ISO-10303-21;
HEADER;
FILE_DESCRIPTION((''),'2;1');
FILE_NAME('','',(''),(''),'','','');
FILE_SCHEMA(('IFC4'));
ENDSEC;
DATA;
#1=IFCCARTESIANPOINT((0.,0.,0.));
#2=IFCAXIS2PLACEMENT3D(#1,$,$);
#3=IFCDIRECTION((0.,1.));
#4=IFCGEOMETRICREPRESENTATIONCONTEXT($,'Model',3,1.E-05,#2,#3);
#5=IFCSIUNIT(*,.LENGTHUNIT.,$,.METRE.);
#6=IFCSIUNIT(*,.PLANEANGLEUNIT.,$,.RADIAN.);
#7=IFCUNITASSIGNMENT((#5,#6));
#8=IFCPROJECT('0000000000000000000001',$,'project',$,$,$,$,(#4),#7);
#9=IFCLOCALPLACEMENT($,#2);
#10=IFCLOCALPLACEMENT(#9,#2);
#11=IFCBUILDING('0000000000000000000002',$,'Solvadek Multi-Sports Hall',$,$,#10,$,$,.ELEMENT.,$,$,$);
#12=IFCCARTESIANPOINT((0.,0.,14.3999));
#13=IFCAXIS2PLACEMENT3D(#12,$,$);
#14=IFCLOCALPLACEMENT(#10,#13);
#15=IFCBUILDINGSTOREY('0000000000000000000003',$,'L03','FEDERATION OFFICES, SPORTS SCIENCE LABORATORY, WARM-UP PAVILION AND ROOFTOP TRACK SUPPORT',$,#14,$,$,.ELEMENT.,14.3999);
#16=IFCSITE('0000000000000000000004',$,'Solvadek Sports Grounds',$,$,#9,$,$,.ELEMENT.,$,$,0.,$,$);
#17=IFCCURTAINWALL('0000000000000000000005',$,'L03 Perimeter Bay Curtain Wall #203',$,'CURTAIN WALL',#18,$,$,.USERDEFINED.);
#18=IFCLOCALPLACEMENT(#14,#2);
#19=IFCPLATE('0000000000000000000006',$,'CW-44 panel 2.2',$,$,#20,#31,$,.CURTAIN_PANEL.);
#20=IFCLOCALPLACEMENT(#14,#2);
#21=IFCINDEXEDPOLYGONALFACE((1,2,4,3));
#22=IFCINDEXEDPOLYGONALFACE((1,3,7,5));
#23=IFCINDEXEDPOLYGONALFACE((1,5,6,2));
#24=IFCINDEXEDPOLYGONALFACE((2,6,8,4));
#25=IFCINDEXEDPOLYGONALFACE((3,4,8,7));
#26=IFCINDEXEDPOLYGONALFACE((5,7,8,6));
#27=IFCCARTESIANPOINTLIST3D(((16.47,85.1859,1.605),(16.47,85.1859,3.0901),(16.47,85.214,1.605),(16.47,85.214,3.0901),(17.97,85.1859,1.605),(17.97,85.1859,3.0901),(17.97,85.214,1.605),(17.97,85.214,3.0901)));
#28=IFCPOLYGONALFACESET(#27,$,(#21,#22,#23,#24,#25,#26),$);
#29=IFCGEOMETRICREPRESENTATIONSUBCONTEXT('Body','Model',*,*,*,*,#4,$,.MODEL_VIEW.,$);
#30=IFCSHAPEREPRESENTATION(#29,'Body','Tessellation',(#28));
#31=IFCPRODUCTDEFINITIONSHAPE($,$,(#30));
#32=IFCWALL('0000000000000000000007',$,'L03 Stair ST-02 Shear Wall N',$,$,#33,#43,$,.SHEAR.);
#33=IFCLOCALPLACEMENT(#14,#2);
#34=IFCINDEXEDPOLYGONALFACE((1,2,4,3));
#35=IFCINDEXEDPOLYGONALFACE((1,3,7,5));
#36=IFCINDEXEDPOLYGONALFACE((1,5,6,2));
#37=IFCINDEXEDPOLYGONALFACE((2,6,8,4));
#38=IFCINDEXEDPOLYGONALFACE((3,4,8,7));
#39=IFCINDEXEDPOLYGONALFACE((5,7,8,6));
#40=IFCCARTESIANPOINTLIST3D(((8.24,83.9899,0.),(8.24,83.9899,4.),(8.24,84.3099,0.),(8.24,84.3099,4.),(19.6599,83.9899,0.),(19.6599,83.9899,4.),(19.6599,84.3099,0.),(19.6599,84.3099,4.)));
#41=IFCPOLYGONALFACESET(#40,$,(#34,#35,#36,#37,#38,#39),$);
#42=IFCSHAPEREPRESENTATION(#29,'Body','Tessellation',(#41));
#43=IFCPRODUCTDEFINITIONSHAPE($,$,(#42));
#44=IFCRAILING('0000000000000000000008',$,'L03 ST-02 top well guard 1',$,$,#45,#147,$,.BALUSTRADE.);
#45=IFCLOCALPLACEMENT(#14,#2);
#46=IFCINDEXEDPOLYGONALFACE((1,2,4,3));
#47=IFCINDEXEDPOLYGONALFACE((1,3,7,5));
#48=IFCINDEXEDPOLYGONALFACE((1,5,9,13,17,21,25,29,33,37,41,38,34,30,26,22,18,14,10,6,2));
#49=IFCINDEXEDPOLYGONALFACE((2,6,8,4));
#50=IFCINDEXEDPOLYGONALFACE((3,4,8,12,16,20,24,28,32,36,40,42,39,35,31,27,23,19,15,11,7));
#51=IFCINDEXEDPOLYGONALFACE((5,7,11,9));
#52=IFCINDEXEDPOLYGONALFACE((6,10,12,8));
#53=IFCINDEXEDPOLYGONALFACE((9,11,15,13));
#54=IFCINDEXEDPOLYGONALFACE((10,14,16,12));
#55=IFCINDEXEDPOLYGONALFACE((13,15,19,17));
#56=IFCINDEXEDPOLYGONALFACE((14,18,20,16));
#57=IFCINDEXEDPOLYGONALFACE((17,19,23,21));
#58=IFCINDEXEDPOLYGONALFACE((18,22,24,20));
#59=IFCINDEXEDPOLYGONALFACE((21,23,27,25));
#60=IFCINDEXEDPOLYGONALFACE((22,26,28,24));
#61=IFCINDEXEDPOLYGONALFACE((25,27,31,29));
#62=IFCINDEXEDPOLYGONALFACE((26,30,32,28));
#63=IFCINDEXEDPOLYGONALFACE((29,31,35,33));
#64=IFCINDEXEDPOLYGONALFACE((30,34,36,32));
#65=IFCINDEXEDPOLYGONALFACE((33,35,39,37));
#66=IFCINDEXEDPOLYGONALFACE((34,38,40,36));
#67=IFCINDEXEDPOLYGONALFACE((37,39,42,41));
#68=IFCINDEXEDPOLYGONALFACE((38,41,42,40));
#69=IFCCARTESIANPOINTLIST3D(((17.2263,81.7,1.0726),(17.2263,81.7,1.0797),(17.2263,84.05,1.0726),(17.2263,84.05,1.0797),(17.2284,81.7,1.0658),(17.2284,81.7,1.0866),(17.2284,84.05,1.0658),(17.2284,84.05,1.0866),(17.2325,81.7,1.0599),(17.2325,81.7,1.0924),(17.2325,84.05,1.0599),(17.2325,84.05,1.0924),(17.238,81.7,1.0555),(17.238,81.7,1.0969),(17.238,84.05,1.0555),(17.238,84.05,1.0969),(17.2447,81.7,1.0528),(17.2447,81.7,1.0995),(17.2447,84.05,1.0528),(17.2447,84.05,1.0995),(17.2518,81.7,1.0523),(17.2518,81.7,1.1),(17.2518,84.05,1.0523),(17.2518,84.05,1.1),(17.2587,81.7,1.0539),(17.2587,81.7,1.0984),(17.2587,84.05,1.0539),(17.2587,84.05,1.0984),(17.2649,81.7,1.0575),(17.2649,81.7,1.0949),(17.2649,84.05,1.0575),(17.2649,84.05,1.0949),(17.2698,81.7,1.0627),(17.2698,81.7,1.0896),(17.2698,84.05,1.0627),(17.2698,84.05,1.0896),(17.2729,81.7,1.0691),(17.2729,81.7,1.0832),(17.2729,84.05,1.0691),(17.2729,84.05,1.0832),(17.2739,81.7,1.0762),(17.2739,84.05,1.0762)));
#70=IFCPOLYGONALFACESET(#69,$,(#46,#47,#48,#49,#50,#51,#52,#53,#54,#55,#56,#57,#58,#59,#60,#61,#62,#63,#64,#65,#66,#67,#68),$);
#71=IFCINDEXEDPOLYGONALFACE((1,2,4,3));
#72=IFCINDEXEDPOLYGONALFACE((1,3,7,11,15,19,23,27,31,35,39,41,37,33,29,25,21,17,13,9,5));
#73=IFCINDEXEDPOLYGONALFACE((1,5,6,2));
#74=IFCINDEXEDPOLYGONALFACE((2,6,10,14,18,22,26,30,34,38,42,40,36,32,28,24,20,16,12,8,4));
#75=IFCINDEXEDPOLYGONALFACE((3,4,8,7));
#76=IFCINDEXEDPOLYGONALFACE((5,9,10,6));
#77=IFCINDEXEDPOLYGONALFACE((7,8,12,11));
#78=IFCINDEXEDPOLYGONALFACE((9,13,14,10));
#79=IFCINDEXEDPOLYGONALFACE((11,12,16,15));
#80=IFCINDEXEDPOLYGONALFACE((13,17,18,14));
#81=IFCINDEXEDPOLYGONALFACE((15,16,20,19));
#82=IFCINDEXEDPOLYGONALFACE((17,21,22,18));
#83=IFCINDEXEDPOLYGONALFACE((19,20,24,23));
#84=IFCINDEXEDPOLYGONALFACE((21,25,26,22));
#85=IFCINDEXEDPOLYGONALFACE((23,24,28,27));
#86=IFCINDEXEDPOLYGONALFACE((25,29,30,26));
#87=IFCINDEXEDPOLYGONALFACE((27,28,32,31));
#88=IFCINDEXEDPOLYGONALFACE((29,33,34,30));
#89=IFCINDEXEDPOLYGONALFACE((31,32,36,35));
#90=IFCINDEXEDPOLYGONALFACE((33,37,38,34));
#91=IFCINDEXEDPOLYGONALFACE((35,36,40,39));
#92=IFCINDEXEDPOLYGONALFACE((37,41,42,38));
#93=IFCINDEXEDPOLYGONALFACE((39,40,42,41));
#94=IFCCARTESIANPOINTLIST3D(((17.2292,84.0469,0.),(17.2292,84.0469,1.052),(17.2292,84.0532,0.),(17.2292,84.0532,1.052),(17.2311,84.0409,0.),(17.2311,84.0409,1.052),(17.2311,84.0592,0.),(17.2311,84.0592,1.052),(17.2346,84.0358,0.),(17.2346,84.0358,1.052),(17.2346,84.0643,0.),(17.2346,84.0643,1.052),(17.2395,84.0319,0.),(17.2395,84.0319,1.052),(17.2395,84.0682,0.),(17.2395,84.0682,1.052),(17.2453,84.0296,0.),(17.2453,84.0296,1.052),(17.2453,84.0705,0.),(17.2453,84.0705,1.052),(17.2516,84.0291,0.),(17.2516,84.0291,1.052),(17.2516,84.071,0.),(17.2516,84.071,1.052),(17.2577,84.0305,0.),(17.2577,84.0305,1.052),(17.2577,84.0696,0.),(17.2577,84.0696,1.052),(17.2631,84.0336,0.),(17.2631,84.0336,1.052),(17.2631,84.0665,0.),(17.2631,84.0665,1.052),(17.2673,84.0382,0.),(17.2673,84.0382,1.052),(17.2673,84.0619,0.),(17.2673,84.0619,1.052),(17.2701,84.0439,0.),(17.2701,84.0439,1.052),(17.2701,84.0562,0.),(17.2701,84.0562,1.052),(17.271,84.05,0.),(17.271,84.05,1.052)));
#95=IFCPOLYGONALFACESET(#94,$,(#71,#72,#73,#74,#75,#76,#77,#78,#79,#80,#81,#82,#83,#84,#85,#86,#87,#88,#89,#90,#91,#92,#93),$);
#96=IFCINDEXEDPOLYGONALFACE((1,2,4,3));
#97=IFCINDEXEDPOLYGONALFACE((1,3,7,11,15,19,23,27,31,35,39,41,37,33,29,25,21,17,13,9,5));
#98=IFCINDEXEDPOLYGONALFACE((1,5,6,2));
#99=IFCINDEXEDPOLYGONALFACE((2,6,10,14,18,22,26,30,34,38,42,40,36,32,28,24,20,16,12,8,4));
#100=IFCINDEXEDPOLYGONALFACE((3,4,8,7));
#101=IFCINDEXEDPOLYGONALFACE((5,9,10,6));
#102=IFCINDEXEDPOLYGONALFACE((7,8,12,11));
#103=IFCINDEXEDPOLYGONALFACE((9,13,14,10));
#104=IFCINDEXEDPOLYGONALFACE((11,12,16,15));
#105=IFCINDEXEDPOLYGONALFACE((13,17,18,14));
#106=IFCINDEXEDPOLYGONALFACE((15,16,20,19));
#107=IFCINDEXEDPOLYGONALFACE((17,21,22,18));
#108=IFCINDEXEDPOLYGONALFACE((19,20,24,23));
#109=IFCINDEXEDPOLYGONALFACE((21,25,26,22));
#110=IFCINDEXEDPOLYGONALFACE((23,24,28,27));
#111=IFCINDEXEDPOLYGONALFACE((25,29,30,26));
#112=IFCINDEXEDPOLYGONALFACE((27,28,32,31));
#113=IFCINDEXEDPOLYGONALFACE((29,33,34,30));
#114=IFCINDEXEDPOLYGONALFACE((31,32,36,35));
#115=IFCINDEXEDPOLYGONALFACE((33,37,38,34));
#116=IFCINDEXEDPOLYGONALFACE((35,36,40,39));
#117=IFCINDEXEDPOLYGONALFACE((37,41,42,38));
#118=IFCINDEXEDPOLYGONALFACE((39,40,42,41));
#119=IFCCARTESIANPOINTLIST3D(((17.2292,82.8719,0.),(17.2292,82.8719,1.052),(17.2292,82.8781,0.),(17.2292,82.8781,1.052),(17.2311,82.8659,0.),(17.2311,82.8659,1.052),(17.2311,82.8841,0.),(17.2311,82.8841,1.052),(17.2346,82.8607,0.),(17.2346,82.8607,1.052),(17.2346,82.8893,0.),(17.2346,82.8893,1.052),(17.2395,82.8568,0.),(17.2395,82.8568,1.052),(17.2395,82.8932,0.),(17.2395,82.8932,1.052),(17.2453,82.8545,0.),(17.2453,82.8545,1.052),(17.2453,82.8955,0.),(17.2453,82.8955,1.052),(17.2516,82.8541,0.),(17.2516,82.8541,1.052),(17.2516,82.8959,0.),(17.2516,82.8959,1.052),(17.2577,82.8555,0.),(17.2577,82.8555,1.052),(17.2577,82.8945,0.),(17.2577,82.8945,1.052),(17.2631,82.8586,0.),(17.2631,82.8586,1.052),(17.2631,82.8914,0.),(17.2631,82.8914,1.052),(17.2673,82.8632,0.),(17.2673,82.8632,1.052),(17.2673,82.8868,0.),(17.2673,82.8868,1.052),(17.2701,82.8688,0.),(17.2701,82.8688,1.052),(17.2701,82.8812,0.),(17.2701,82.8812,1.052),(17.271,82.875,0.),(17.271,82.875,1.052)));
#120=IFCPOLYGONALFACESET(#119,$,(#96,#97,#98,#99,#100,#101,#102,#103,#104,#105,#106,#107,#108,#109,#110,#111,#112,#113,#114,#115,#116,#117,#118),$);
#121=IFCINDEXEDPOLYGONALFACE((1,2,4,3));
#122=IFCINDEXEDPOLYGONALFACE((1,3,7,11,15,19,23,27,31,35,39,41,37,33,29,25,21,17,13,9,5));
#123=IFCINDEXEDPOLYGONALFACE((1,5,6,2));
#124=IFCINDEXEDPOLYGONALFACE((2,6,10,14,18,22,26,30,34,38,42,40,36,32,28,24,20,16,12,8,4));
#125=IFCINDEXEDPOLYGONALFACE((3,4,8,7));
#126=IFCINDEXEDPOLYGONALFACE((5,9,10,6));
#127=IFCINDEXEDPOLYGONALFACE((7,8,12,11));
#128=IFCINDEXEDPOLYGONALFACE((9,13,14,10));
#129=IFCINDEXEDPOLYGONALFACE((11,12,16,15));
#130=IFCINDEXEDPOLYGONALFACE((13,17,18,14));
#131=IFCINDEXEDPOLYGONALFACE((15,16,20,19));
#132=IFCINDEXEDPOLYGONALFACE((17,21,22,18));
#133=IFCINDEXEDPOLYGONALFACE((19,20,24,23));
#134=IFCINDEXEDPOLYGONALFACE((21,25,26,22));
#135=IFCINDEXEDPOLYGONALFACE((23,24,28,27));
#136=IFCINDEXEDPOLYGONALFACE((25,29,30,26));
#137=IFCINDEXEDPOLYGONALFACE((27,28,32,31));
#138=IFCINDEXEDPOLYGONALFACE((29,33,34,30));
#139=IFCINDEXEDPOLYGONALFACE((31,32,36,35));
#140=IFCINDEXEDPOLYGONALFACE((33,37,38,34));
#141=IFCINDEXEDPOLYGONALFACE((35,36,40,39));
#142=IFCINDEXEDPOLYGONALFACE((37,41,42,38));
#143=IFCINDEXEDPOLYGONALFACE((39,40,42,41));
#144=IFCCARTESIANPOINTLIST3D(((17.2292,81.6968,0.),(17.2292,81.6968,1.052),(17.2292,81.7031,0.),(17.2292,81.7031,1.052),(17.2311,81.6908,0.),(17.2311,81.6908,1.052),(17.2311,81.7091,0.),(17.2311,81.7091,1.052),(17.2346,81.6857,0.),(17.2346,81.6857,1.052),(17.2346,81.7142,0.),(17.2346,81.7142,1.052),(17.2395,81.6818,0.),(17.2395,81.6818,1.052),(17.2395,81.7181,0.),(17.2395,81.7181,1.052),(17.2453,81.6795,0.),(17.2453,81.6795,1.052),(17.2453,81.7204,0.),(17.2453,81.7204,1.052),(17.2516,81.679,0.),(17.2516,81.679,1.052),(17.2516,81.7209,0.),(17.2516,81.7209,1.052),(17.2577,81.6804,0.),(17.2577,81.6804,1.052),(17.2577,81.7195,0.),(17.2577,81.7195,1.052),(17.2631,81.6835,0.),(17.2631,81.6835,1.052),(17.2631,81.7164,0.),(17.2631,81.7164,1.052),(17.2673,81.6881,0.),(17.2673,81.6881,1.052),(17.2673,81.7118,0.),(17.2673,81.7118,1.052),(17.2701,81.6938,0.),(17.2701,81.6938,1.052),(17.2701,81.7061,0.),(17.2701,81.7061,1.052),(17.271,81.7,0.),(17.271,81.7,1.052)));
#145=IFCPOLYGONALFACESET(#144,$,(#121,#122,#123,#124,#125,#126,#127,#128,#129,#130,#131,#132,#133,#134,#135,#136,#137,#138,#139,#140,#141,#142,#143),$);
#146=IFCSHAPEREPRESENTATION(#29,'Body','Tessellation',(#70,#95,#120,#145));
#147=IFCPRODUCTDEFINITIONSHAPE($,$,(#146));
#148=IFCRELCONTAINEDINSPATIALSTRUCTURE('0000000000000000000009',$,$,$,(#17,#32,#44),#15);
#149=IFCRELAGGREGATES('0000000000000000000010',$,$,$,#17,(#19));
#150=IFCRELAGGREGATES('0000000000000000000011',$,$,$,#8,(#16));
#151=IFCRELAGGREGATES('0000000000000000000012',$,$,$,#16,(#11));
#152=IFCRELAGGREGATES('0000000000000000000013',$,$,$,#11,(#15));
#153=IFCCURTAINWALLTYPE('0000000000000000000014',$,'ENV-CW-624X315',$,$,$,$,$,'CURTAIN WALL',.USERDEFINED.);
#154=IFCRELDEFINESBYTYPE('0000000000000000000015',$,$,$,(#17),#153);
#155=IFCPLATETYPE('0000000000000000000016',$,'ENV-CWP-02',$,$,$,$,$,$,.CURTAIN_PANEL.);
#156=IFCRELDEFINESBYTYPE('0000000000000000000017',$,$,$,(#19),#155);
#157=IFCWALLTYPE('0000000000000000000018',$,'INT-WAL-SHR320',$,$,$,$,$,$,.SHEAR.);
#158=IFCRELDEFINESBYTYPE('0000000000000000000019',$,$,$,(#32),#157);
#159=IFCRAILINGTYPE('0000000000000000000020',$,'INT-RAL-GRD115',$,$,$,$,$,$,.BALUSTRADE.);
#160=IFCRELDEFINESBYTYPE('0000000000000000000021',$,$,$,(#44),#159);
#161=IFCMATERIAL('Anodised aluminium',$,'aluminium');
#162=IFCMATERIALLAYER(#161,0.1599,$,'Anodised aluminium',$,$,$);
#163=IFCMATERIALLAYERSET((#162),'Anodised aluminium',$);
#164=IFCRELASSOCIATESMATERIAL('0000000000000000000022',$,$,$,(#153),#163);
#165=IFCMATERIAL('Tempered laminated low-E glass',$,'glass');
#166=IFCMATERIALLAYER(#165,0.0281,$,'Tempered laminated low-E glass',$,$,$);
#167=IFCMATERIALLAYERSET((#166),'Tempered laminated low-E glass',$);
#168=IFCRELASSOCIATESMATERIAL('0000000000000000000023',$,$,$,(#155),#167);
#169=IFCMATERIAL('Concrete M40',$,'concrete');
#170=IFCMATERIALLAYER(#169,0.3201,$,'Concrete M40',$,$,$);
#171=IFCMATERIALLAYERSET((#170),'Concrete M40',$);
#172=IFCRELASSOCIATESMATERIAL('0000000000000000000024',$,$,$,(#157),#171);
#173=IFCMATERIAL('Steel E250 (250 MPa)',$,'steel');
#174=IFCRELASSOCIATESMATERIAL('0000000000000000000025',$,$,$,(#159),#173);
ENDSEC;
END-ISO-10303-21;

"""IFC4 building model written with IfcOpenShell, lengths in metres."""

from ifc_helpers import new_model, si_unit, direction, frame, frame_2d, origin, origin_2d, place, context, subcontext, project, spatial, rectangle, circle, extrude, material, layer, layer_set, type_object, element, aggregate, save


model = new_model("IFC4")

# Units and contexts
model_context = context("Model", 3, precision=1e-05, world=origin(), true_north=direction((0.0, 1.0)))
body_context = subcontext(model_context, "Body", "Model", "MODEL_VIEW")
ifc_project = project(units=[si_unit("LENGTHUNIT", "METRE"), si_unit("PLANEANGLEUNIT", "RADIAN")], contexts=[model_context])

# Site, building, storey
site_placement = place(None, origin())
site = spatial("IfcSite", under=ifc_project, at=site_placement, Name="Solvadek Sports Grounds", CompositionType="ELEMENT", RefElevation=0.0)
building_placement = place(site_placement, origin())
building = spatial("IfcBuilding", under=site, at=building_placement, Name="Solvadek Multi-Sports Hall", CompositionType="ELEMENT")
storey_placement = place(building_placement, frame((0.0, 0.0, 14.3999)))
storey = spatial("IfcBuildingStorey", under=building, at=storey_placement, Name="L03", Description="FEDERATION OFFICES, SPORTS SCIENCE LABORATORY, WARM-UP PAVILION AND ROOFTOP TRACK SUPPORT", CompositionType="ELEMENT", Elevation=14.3999)

# Curtain wall
ifc_material_1 = material(Name="Anodised aluminium", Category="aluminium")
ifc_layer_1 = layer(ifc_material_1, 0.1599, Name="Anodised aluminium")
ifc_layer_set_1 = layer_set([ifc_layer_1], Name="Anodised aluminium")
curtain_wall_type = type_object("IfcCurtainWallType", Name="ENV-CW-624X315", ElementType="CURTAIN WALL", PredefinedType="USERDEFINED", material=ifc_layer_set_1)
curtain_wall_placement = place(storey_placement, origin())
curtain_wall = element("IfcCurtainWall", 1, at=curtain_wall_placement, inside=storey, type_object=curtain_wall_type, Name="L03 Perimeter Bay Curtain Wall #203", ObjectType="CURTAIN WALL", PredefinedType="USERDEFINED")

# Shared definitions
ifc_material_2 = material(Name="Steel E250 (250 MPa)", Category="steel")

# Plate
ifc_material_3 = material(Name="Tempered laminated low-E glass", Category="glass")
ifc_layer_2 = layer(ifc_material_3, 0.0281, Name="Tempered laminated low-E glass")
ifc_layer_set_2 = layer_set([ifc_layer_2], Name="Tempered laminated low-E glass")
plate_type = type_object("IfcPlateType", Name="ENV-CWP-02", PredefinedType="CURTAIN_PANEL", material=ifc_layer_set_2)
plate_1_placement = place(storey_placement, frame((17.22, 85.2, 1.605), z_axis=(0.0, 0.0, 1.0), x_axis=(1.0, 0.0, 0.0)))
plate_1 = element("IfcPlate", 2, at=plate_1_placement, type_object=plate_type, Name="CW-44 panel 2.2", PredefinedType="CURTAIN_PANEL", context=body_context, shape_type="SweptSolid", body=[
    extrude(rectangle(XDim=1.5, YDim=0.0281, at=origin_2d()), origin(), (0.0, 0.0, 1.0), 1.4851),
])
aggregate(curtain_wall, [plate_1])

# Wall
ifc_material_4 = material(Name="Concrete M40", Category="concrete")
ifc_layer_3 = layer(ifc_material_4, 0.3201, Name="Concrete M40")
ifc_layer_set_3 = layer_set([ifc_layer_3], Name="Concrete M40")
wall_type = type_object("IfcWallType", Name="INT-WAL-SHR320", PredefinedType="SHEAR", material=ifc_layer_set_3)
wall_placement = place(storey_placement, frame((8.24, 84.1499, 0.0), z_axis=(0.0, 0.0, 1.0), x_axis=(1.0, 0.0, 0.0)))
element("IfcWall", 3, at=wall_placement, inside=storey, type_object=wall_type, Name="L03 Stair ST-02 Shear Wall N", PredefinedType="SHEAR", context=body_context, shape_type="SweptSolid", body=[
    extrude(rectangle(XDim=11.4199, YDim=0.3201, at=frame_2d((5.71, 0.0))), origin(), (0.0, 0.0, 1.0), 4.0),
])

# Railing
railing_type = type_object("IfcRailingType", Name="INT-RAL-GRD115", PredefinedType="BALUSTRADE", material=ifc_material_2)
railing_placement = place(storey_placement, frame((17.25, 84.05, 0.0)))
element("IfcRailing", 4, at=railing_placement, inside=storey, type_object=railing_type, Name="L03 ST-02 top well guard 1", PredefinedType="BALUSTRADE", context=body_context, shape_type="SweptSolid", body=[
    extrude(circle(Radius=0.0239, at=origin_2d()), frame((0.0, 0.0, 1.0762), z_axis=(0.0, -1.0, 0.0), x_axis=(1.0, 0.0, 0.0)), (0.0, 0.0, 1.0), 2.3501),
    extrude(circle(Radius=0.021, at=origin_2d()), origin(), (0.0, 0.0, 1.0), 1.052),
    extrude(circle(Radius=0.021, at=origin_2d()), frame((0.0, -1.175, 0.0)), (0.0, 0.0, 1.0), 1.052),
    extrude(circle(Radius=0.021, at=origin_2d()), frame((0.0, -2.3501, 0.0)), (0.0, 0.0, 1.0), 1.052),
])

save(model, "model.ifc")
